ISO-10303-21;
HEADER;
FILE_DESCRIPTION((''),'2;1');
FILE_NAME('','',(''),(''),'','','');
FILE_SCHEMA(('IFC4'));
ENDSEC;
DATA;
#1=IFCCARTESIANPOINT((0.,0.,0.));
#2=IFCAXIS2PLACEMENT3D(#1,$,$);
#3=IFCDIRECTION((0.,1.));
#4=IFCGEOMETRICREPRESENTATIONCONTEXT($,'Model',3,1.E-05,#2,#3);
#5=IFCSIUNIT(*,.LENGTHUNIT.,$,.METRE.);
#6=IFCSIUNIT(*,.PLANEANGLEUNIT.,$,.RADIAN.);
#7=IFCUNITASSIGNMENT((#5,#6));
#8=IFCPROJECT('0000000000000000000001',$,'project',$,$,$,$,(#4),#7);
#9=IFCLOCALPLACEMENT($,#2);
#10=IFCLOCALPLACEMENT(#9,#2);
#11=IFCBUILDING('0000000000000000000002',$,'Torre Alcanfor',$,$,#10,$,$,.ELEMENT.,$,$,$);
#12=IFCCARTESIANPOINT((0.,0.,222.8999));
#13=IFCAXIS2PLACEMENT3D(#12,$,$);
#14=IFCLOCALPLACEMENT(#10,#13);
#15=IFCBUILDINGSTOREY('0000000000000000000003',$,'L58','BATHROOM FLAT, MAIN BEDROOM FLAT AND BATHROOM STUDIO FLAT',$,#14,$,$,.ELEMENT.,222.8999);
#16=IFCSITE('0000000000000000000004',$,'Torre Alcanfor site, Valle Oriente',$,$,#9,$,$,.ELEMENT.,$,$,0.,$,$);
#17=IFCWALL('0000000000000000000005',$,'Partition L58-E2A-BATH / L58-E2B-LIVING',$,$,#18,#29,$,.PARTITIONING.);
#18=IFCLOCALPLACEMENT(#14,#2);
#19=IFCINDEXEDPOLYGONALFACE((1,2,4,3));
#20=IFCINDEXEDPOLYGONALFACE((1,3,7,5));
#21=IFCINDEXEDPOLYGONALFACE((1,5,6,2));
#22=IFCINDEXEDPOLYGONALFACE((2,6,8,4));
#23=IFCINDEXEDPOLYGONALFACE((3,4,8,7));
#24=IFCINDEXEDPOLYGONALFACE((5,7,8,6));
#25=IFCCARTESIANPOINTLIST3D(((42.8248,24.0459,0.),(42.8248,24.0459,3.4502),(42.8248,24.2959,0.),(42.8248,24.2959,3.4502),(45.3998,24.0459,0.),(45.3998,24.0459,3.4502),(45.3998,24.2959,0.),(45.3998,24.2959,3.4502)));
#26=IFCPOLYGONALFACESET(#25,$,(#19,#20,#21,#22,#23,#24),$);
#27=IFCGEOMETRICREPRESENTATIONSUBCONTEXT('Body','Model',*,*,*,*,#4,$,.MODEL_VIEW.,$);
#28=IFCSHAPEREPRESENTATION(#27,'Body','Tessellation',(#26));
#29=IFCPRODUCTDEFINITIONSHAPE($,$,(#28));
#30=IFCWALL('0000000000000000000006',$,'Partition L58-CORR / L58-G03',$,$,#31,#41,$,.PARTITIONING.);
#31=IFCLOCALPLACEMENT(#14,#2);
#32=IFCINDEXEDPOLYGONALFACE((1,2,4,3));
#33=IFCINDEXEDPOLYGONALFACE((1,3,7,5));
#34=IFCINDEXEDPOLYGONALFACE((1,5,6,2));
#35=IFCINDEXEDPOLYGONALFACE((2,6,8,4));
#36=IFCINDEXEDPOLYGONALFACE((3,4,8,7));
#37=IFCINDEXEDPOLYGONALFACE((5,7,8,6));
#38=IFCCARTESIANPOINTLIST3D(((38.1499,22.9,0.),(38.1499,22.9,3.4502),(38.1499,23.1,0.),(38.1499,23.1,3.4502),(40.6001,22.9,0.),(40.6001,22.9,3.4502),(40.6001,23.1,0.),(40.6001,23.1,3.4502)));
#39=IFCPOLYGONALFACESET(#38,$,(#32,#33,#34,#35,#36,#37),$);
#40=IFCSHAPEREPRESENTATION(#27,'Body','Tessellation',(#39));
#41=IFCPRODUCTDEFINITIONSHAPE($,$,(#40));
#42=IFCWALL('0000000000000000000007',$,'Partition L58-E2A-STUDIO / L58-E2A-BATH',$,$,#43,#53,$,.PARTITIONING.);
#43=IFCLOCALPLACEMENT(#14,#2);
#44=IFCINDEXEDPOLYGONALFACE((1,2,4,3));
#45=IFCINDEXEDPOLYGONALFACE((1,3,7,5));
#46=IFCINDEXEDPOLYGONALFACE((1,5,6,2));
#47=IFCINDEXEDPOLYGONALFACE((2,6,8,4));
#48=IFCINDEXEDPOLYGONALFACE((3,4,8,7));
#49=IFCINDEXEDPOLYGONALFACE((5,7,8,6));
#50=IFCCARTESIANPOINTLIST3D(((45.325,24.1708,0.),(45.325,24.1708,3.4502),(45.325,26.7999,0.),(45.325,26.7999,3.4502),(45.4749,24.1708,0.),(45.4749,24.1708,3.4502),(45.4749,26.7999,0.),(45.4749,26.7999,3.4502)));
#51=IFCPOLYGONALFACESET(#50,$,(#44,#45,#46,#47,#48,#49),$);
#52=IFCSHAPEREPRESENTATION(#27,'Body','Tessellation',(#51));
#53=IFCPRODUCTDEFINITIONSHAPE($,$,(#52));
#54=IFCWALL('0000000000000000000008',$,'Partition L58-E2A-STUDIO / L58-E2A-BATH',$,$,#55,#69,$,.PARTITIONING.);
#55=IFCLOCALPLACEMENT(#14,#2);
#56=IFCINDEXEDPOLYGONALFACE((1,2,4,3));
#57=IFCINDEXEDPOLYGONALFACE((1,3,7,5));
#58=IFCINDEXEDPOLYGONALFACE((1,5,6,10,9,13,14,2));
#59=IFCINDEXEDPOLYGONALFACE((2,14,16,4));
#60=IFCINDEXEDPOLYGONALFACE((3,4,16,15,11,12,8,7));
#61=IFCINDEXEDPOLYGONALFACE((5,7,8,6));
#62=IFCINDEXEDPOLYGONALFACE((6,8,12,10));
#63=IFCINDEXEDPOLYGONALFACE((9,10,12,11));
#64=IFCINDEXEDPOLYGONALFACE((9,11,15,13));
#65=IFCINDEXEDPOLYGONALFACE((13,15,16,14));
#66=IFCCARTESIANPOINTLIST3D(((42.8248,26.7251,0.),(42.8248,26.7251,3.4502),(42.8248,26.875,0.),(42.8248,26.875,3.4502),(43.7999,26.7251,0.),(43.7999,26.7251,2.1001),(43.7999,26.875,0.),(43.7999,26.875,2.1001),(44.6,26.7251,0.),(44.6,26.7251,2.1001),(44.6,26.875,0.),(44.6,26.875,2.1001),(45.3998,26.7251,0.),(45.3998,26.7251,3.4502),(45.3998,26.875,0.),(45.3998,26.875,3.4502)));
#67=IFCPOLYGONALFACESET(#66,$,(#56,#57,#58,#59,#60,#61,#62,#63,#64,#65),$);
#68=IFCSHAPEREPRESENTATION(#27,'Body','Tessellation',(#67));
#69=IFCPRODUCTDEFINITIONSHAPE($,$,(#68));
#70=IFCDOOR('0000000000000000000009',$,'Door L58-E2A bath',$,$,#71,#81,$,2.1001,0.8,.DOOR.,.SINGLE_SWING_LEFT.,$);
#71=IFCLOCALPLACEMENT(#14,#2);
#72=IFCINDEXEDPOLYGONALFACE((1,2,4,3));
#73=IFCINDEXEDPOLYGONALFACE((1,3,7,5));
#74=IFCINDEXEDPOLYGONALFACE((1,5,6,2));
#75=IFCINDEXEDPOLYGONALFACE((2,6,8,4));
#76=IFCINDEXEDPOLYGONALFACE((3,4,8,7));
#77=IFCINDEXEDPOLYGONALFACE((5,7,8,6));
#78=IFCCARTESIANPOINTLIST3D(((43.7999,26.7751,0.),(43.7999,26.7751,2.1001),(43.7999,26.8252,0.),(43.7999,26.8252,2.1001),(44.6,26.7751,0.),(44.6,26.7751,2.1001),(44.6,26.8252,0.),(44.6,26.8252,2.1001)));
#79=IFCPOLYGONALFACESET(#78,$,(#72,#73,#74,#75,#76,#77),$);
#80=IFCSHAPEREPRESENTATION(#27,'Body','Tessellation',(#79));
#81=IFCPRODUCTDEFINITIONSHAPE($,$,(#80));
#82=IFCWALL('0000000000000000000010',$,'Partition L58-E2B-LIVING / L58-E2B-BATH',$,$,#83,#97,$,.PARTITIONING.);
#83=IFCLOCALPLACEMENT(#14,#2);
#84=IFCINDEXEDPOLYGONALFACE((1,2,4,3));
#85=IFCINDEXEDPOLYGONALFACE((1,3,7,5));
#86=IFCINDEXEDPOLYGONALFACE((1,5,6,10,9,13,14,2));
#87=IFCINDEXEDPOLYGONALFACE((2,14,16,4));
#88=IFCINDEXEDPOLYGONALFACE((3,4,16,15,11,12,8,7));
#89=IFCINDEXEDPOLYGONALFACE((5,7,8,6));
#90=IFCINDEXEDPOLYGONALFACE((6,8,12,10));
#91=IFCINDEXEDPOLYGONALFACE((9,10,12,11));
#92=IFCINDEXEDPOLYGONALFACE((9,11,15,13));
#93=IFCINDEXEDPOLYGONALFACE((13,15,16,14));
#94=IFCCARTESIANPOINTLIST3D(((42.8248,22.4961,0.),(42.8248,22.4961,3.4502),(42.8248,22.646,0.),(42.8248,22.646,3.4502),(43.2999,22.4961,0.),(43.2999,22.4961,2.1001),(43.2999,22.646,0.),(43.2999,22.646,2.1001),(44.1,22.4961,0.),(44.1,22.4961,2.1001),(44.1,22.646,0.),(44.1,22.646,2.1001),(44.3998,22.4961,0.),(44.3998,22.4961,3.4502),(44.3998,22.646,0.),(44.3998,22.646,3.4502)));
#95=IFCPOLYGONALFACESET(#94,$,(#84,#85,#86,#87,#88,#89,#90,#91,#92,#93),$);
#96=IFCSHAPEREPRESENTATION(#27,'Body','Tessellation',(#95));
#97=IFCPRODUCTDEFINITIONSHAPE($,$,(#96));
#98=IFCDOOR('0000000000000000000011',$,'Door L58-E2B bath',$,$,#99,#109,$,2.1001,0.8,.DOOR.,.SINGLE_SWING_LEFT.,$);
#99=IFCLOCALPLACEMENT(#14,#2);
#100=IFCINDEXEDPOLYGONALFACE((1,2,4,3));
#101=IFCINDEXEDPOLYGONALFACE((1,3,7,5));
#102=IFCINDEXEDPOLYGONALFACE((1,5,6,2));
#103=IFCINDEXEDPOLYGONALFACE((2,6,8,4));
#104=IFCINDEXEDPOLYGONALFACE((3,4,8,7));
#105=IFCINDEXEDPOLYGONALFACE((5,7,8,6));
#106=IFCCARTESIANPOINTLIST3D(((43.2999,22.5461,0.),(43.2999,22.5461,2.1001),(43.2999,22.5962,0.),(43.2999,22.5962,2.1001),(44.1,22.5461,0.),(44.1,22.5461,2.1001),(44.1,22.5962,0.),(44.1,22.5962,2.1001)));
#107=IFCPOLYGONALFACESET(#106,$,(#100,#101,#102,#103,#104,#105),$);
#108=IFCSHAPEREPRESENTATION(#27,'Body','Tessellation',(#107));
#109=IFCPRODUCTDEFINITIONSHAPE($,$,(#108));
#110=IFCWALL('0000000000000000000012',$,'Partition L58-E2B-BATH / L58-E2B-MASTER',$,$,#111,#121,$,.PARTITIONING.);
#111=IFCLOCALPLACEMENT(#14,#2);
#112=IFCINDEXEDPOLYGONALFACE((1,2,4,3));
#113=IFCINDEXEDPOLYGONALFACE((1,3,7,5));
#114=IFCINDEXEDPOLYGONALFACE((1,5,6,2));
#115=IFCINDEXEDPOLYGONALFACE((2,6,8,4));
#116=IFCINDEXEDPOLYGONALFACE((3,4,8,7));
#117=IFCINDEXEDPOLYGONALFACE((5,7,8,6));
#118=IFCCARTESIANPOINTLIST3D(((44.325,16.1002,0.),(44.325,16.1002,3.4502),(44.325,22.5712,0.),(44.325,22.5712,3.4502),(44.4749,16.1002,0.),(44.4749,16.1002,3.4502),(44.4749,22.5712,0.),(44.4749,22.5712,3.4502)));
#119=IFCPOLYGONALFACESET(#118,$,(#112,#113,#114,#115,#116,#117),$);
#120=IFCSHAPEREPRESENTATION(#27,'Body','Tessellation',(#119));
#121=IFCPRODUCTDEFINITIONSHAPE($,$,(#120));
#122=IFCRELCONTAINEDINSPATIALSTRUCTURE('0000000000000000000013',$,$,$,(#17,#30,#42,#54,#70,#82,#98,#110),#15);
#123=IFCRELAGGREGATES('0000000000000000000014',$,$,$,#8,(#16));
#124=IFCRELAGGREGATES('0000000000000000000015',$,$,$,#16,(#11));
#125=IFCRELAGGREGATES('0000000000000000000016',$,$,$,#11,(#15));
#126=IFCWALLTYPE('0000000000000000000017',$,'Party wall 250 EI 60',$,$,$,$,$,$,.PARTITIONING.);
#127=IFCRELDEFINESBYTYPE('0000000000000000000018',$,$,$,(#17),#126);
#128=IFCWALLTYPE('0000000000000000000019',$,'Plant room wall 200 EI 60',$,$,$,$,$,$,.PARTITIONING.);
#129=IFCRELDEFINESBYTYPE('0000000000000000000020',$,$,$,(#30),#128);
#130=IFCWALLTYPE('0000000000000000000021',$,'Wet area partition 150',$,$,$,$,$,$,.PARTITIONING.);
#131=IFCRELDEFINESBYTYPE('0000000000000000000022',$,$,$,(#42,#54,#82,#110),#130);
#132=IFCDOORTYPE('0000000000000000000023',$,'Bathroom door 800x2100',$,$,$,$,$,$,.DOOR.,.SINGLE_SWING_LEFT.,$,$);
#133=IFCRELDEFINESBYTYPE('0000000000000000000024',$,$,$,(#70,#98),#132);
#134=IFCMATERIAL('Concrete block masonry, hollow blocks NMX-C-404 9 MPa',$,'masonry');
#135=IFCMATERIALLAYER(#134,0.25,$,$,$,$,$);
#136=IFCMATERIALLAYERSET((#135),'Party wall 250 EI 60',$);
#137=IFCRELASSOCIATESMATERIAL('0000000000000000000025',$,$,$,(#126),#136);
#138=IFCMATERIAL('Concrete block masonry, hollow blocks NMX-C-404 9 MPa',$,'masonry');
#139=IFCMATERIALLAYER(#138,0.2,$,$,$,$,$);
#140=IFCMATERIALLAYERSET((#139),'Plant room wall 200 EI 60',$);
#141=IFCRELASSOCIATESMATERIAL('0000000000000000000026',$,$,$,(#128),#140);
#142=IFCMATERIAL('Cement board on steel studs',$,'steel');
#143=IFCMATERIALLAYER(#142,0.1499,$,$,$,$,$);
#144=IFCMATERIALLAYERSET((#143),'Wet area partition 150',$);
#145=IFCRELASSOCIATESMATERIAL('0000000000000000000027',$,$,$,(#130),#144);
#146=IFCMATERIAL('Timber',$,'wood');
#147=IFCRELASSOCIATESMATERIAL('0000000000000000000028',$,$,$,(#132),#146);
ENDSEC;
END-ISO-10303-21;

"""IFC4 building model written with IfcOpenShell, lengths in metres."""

from ifc_helpers import new_model, si_unit, direction, frame, frame_2d, origin, place, context, subcontext, project, spatial, rectangle, extrude, material, layer, layer_set, type_object, element, fill, save


model = new_model("IFC4")

# Units and contexts
model_context = context("Model", 3, precision=1e-05, world=origin(), true_north=direction((0.0, 1.0)))
body_context = subcontext(model_context, "Body", "Model", "MODEL_VIEW")
ifc_project = project(units=[si_unit("LENGTHUNIT", "METRE"), si_unit("PLANEANGLEUNIT", "RADIAN")], contexts=[model_context])

# Site, building, storey
site_placement = place(None, origin())
site = spatial("IfcSite", under=ifc_project, at=site_placement, Name="Torre Alcanfor site, Valle Oriente", CompositionType="ELEMENT", RefElevation=0.0)
building_placement = place(site_placement, origin())
building = spatial("IfcBuilding", under=site, at=building_placement, Name="Torre Alcanfor", CompositionType="ELEMENT")
storey_placement = place(building_placement, frame((0.0, 0.0, 222.8999)))
storey = spatial("IfcBuildingStorey", under=building, at=storey_placement, Name="L58", Description="BATHROOM FLAT, MAIN BEDROOM FLAT AND BATHROOM STUDIO FLAT", CompositionType="ELEMENT", Elevation=222.8999)

# Walls
ifc_material_1 = material(Name="Concrete block masonry, hollow blocks NMX-C-404 9 MPa", Category="masonry")
ifc_layer_1 = layer(ifc_material_1, 0.25)
ifc_layer_set_1 = layer_set([ifc_layer_1], Name="Party wall 250 EI 60")
wall_type_1 = type_object("IfcWallType", Name="Party wall 250 EI 60", PredefinedType="PARTITIONING", material=ifc_layer_set_1)
wall_1_placement = place(storey_placement, frame((45.3999, 24.1709, 0.0), z_axis=(0.0, 0.0, 1.0), x_axis=(-1.0, 0.0, 0.0)))
element("IfcWall", 1, at=wall_1_placement, inside=storey, type_object=wall_type_1, Name="Partition L58-E2A-BATH / L58-E2B-LIVING", PredefinedType="PARTITIONING", context=body_context, shape_type="SweptSolid", body=[
    extrude(rectangle(XDim=2.575, YDim=0.25, at=frame_2d((1.2876, 0.0))), origin(), (0.0, 0.0, 1.0), 3.4502),
])
ifc_material_2 = material(Name="Concrete block masonry, hollow blocks NMX-C-404 9 MPa", Category="masonry")
ifc_layer_2 = layer(ifc_material_2, 0.2)
ifc_layer_set_2 = layer_set([ifc_layer_2], Name="Plant room wall 200 EI 60")
wall_type_2 = type_object("IfcWallType", Name="Plant room wall 200 EI 60", PredefinedType="PARTITIONING", material=ifc_layer_set_2)
wall_2_placement = place(storey_placement, frame((40.6001, 23.0, 0.0), z_axis=(0.0, 0.0, 1.0), x_axis=(-1.0, 0.0, 0.0)))
element("IfcWall", 2, at=wall_2_placement, inside=storey, type_object=wall_type_2, Name="Partition L58-CORR / L58-G03", PredefinedType="PARTITIONING", context=body_context, shape_type="SweptSolid", body=[
    extrude(rectangle(XDim=2.4502, YDim=0.2, at=frame_2d((1.2251, 0.0))), origin(), (0.0, 0.0, 1.0), 3.4502),
])
ifc_material_3 = material(Name="Cement board on steel studs", Category="steel")
ifc_layer_3 = layer(ifc_material_3, 0.1499)
ifc_layer_set_3 = layer_set([ifc_layer_3], Name="Wet area partition 150")
wall_type_3 = type_object("IfcWallType", Name="Wet area partition 150", PredefinedType="PARTITIONING", material=ifc_layer_set_3)
wall_3_placement = place(storey_placement, frame((45.3999, 24.1709, 0.0), z_axis=(0.0, 0.0, 1.0), x_axis=(0.0, 1.0, 0.0)))
element("IfcWall", 3, at=wall_3_placement, inside=storey, type_object=wall_type_3, Name="Partition L58-E2A-STUDIO / L58-E2A-BATH", PredefinedType="PARTITIONING", context=body_context, shape_type="SweptSolid", body=[
    extrude(rectangle(XDim=2.6292, YDim=0.1499, at=frame_2d((1.3145, 0.0))), origin(), (0.0, 0.0, 1.0), 3.4502),
])

# Walls, openings, doors
wall_4_placement = place(storey_placement, frame((45.3999, 26.8, 0.0), z_axis=(0.0, 0.0, 1.0), x_axis=(-1.0, 0.0, 0.0)))
wall_4 = element("IfcWall", 4, at=wall_4_placement, inside=storey, type_object=wall_type_3, Name="Partition L58-E2A-STUDIO / L58-E2A-BATH", PredefinedType="PARTITIONING", context=body_context, shape_type="SweptSolid", body=[
    extrude(rectangle(XDim=2.575, YDim=0.1499, at=frame_2d((1.2876, 0.0))), origin(), (0.0, 0.0, 1.0), 3.4502),
])
opening_1_placement = place(wall_4_placement, frame((0.8, 0.0, 0.0)))
opening_1 = element("IfcOpeningElement", 5, at=opening_1_placement, cuts=wall_4, PredefinedType="OPENING", context=body_context, shape_type="SweptSolid", body=[
    extrude(rectangle(XDim=0.8, YDim=2.1001, at=frame_2d((0.3999, 1.05))), frame((0.0, 0.085, 0.0), z_axis=(0.0, -1.0, 0.0), x_axis=(1.0, 0.0, 0.0)), (0.0, 0.0, 1.0), 0.1699),
])
ifc_material_4 = material(Name="Timber", Category="wood")
door_type_1 = type_object("IfcDoorType", Name="Bathroom door 800x2100", OperationType="SINGLE_SWING_LEFT", PredefinedType="DOOR", material=ifc_material_4)
door_1_placement = place(opening_1_placement, origin())
door_1 = element("IfcDoor", 6, at=door_1_placement, inside=storey, type_object=door_type_1, Name="Door L58-E2A bath", OperationType="SINGLE_SWING_LEFT", OverallHeight=2.1001, OverallWidth=0.8, PredefinedType="DOOR", context=body_context, shape_type="SweptSolid", body=[
    extrude(rectangle(XDim=0.8, YDim=2.1001, at=frame_2d((0.3999, 1.05))), frame((0.0, 0.0249, 0.0), z_axis=(0.0, -1.0, 0.0), x_axis=(1.0, 0.0, 0.0)), (0.0, 0.0, 1.0), 0.05),
])
fill(opening_1, door_1)
wall_5_placement = place(storey_placement, frame((44.3999, 22.571, 0.0), z_axis=(0.0, 0.0, 1.0), x_axis=(-1.0, 0.0, 0.0)))
wall_5 = element("IfcWall", 7, at=wall_5_placement, inside=storey, type_object=wall_type_3, Name="Partition L58-E2B-LIVING / L58-E2B-BATH", PredefinedType="PARTITIONING", context=body_context, shape_type="SweptSolid", body=[
    extrude(rectangle(XDim=1.575, YDim=0.1499, at=frame_2d((0.7876, 0.0))), origin(), (0.0, 0.0, 1.0), 3.4502),
])
opening_2_placement = place(wall_5_placement, frame((0.3, 0.0, 0.0)))
opening_2 = element("IfcOpeningElement", 8, at=opening_2_placement, cuts=wall_5, PredefinedType="OPENING", context=body_context, shape_type="SweptSolid", body=[
    extrude(rectangle(XDim=0.8, YDim=2.1001, at=frame_2d((0.3999, 1.05))), frame((0.0, 0.085, 0.0), z_axis=(0.0, -1.0, 0.0), x_axis=(1.0, 0.0, 0.0)), (0.0, 0.0, 1.0), 0.1699),
])
door_2_placement = place(opening_2_placement, origin())
door_2 = element("IfcDoor", 9, at=door_2_placement, inside=storey, type_object=door_type_1, Name="Door L58-E2B bath", OperationType="SINGLE_SWING_LEFT", OverallHeight=2.1001, OverallWidth=0.8, PredefinedType="DOOR", context=body_context, shape_type="SweptSolid", body=[
    extrude(rectangle(XDim=0.8, YDim=2.1001, at=frame_2d((0.3999, 1.05))), frame((0.0, 0.0249, 0.0), z_axis=(0.0, -1.0, 0.0), x_axis=(1.0, 0.0, 0.0)), (0.0, 0.0, 1.0), 0.05),
])
fill(opening_2, door_2)

# Wall
wall_6_placement = place(storey_placement, frame((44.3999, 22.571, 0.0), z_axis=(0.0, 0.0, 1.0), x_axis=(0.0, -1.0, 0.0)))
element("IfcWall", 10, at=wall_6_placement, inside=storey, type_object=wall_type_3, Name="Partition L58-E2B-BATH / L58-E2B-MASTER", PredefinedType="PARTITIONING", context=body_context, shape_type="SweptSolid", body=[
    extrude(rectangle(XDim=6.4709, YDim=0.1499, at=frame_2d((3.2354, 0.0))), origin(), (0.0, 0.0, 1.0), 3.4502),
])

save(model, "model.ifc")
